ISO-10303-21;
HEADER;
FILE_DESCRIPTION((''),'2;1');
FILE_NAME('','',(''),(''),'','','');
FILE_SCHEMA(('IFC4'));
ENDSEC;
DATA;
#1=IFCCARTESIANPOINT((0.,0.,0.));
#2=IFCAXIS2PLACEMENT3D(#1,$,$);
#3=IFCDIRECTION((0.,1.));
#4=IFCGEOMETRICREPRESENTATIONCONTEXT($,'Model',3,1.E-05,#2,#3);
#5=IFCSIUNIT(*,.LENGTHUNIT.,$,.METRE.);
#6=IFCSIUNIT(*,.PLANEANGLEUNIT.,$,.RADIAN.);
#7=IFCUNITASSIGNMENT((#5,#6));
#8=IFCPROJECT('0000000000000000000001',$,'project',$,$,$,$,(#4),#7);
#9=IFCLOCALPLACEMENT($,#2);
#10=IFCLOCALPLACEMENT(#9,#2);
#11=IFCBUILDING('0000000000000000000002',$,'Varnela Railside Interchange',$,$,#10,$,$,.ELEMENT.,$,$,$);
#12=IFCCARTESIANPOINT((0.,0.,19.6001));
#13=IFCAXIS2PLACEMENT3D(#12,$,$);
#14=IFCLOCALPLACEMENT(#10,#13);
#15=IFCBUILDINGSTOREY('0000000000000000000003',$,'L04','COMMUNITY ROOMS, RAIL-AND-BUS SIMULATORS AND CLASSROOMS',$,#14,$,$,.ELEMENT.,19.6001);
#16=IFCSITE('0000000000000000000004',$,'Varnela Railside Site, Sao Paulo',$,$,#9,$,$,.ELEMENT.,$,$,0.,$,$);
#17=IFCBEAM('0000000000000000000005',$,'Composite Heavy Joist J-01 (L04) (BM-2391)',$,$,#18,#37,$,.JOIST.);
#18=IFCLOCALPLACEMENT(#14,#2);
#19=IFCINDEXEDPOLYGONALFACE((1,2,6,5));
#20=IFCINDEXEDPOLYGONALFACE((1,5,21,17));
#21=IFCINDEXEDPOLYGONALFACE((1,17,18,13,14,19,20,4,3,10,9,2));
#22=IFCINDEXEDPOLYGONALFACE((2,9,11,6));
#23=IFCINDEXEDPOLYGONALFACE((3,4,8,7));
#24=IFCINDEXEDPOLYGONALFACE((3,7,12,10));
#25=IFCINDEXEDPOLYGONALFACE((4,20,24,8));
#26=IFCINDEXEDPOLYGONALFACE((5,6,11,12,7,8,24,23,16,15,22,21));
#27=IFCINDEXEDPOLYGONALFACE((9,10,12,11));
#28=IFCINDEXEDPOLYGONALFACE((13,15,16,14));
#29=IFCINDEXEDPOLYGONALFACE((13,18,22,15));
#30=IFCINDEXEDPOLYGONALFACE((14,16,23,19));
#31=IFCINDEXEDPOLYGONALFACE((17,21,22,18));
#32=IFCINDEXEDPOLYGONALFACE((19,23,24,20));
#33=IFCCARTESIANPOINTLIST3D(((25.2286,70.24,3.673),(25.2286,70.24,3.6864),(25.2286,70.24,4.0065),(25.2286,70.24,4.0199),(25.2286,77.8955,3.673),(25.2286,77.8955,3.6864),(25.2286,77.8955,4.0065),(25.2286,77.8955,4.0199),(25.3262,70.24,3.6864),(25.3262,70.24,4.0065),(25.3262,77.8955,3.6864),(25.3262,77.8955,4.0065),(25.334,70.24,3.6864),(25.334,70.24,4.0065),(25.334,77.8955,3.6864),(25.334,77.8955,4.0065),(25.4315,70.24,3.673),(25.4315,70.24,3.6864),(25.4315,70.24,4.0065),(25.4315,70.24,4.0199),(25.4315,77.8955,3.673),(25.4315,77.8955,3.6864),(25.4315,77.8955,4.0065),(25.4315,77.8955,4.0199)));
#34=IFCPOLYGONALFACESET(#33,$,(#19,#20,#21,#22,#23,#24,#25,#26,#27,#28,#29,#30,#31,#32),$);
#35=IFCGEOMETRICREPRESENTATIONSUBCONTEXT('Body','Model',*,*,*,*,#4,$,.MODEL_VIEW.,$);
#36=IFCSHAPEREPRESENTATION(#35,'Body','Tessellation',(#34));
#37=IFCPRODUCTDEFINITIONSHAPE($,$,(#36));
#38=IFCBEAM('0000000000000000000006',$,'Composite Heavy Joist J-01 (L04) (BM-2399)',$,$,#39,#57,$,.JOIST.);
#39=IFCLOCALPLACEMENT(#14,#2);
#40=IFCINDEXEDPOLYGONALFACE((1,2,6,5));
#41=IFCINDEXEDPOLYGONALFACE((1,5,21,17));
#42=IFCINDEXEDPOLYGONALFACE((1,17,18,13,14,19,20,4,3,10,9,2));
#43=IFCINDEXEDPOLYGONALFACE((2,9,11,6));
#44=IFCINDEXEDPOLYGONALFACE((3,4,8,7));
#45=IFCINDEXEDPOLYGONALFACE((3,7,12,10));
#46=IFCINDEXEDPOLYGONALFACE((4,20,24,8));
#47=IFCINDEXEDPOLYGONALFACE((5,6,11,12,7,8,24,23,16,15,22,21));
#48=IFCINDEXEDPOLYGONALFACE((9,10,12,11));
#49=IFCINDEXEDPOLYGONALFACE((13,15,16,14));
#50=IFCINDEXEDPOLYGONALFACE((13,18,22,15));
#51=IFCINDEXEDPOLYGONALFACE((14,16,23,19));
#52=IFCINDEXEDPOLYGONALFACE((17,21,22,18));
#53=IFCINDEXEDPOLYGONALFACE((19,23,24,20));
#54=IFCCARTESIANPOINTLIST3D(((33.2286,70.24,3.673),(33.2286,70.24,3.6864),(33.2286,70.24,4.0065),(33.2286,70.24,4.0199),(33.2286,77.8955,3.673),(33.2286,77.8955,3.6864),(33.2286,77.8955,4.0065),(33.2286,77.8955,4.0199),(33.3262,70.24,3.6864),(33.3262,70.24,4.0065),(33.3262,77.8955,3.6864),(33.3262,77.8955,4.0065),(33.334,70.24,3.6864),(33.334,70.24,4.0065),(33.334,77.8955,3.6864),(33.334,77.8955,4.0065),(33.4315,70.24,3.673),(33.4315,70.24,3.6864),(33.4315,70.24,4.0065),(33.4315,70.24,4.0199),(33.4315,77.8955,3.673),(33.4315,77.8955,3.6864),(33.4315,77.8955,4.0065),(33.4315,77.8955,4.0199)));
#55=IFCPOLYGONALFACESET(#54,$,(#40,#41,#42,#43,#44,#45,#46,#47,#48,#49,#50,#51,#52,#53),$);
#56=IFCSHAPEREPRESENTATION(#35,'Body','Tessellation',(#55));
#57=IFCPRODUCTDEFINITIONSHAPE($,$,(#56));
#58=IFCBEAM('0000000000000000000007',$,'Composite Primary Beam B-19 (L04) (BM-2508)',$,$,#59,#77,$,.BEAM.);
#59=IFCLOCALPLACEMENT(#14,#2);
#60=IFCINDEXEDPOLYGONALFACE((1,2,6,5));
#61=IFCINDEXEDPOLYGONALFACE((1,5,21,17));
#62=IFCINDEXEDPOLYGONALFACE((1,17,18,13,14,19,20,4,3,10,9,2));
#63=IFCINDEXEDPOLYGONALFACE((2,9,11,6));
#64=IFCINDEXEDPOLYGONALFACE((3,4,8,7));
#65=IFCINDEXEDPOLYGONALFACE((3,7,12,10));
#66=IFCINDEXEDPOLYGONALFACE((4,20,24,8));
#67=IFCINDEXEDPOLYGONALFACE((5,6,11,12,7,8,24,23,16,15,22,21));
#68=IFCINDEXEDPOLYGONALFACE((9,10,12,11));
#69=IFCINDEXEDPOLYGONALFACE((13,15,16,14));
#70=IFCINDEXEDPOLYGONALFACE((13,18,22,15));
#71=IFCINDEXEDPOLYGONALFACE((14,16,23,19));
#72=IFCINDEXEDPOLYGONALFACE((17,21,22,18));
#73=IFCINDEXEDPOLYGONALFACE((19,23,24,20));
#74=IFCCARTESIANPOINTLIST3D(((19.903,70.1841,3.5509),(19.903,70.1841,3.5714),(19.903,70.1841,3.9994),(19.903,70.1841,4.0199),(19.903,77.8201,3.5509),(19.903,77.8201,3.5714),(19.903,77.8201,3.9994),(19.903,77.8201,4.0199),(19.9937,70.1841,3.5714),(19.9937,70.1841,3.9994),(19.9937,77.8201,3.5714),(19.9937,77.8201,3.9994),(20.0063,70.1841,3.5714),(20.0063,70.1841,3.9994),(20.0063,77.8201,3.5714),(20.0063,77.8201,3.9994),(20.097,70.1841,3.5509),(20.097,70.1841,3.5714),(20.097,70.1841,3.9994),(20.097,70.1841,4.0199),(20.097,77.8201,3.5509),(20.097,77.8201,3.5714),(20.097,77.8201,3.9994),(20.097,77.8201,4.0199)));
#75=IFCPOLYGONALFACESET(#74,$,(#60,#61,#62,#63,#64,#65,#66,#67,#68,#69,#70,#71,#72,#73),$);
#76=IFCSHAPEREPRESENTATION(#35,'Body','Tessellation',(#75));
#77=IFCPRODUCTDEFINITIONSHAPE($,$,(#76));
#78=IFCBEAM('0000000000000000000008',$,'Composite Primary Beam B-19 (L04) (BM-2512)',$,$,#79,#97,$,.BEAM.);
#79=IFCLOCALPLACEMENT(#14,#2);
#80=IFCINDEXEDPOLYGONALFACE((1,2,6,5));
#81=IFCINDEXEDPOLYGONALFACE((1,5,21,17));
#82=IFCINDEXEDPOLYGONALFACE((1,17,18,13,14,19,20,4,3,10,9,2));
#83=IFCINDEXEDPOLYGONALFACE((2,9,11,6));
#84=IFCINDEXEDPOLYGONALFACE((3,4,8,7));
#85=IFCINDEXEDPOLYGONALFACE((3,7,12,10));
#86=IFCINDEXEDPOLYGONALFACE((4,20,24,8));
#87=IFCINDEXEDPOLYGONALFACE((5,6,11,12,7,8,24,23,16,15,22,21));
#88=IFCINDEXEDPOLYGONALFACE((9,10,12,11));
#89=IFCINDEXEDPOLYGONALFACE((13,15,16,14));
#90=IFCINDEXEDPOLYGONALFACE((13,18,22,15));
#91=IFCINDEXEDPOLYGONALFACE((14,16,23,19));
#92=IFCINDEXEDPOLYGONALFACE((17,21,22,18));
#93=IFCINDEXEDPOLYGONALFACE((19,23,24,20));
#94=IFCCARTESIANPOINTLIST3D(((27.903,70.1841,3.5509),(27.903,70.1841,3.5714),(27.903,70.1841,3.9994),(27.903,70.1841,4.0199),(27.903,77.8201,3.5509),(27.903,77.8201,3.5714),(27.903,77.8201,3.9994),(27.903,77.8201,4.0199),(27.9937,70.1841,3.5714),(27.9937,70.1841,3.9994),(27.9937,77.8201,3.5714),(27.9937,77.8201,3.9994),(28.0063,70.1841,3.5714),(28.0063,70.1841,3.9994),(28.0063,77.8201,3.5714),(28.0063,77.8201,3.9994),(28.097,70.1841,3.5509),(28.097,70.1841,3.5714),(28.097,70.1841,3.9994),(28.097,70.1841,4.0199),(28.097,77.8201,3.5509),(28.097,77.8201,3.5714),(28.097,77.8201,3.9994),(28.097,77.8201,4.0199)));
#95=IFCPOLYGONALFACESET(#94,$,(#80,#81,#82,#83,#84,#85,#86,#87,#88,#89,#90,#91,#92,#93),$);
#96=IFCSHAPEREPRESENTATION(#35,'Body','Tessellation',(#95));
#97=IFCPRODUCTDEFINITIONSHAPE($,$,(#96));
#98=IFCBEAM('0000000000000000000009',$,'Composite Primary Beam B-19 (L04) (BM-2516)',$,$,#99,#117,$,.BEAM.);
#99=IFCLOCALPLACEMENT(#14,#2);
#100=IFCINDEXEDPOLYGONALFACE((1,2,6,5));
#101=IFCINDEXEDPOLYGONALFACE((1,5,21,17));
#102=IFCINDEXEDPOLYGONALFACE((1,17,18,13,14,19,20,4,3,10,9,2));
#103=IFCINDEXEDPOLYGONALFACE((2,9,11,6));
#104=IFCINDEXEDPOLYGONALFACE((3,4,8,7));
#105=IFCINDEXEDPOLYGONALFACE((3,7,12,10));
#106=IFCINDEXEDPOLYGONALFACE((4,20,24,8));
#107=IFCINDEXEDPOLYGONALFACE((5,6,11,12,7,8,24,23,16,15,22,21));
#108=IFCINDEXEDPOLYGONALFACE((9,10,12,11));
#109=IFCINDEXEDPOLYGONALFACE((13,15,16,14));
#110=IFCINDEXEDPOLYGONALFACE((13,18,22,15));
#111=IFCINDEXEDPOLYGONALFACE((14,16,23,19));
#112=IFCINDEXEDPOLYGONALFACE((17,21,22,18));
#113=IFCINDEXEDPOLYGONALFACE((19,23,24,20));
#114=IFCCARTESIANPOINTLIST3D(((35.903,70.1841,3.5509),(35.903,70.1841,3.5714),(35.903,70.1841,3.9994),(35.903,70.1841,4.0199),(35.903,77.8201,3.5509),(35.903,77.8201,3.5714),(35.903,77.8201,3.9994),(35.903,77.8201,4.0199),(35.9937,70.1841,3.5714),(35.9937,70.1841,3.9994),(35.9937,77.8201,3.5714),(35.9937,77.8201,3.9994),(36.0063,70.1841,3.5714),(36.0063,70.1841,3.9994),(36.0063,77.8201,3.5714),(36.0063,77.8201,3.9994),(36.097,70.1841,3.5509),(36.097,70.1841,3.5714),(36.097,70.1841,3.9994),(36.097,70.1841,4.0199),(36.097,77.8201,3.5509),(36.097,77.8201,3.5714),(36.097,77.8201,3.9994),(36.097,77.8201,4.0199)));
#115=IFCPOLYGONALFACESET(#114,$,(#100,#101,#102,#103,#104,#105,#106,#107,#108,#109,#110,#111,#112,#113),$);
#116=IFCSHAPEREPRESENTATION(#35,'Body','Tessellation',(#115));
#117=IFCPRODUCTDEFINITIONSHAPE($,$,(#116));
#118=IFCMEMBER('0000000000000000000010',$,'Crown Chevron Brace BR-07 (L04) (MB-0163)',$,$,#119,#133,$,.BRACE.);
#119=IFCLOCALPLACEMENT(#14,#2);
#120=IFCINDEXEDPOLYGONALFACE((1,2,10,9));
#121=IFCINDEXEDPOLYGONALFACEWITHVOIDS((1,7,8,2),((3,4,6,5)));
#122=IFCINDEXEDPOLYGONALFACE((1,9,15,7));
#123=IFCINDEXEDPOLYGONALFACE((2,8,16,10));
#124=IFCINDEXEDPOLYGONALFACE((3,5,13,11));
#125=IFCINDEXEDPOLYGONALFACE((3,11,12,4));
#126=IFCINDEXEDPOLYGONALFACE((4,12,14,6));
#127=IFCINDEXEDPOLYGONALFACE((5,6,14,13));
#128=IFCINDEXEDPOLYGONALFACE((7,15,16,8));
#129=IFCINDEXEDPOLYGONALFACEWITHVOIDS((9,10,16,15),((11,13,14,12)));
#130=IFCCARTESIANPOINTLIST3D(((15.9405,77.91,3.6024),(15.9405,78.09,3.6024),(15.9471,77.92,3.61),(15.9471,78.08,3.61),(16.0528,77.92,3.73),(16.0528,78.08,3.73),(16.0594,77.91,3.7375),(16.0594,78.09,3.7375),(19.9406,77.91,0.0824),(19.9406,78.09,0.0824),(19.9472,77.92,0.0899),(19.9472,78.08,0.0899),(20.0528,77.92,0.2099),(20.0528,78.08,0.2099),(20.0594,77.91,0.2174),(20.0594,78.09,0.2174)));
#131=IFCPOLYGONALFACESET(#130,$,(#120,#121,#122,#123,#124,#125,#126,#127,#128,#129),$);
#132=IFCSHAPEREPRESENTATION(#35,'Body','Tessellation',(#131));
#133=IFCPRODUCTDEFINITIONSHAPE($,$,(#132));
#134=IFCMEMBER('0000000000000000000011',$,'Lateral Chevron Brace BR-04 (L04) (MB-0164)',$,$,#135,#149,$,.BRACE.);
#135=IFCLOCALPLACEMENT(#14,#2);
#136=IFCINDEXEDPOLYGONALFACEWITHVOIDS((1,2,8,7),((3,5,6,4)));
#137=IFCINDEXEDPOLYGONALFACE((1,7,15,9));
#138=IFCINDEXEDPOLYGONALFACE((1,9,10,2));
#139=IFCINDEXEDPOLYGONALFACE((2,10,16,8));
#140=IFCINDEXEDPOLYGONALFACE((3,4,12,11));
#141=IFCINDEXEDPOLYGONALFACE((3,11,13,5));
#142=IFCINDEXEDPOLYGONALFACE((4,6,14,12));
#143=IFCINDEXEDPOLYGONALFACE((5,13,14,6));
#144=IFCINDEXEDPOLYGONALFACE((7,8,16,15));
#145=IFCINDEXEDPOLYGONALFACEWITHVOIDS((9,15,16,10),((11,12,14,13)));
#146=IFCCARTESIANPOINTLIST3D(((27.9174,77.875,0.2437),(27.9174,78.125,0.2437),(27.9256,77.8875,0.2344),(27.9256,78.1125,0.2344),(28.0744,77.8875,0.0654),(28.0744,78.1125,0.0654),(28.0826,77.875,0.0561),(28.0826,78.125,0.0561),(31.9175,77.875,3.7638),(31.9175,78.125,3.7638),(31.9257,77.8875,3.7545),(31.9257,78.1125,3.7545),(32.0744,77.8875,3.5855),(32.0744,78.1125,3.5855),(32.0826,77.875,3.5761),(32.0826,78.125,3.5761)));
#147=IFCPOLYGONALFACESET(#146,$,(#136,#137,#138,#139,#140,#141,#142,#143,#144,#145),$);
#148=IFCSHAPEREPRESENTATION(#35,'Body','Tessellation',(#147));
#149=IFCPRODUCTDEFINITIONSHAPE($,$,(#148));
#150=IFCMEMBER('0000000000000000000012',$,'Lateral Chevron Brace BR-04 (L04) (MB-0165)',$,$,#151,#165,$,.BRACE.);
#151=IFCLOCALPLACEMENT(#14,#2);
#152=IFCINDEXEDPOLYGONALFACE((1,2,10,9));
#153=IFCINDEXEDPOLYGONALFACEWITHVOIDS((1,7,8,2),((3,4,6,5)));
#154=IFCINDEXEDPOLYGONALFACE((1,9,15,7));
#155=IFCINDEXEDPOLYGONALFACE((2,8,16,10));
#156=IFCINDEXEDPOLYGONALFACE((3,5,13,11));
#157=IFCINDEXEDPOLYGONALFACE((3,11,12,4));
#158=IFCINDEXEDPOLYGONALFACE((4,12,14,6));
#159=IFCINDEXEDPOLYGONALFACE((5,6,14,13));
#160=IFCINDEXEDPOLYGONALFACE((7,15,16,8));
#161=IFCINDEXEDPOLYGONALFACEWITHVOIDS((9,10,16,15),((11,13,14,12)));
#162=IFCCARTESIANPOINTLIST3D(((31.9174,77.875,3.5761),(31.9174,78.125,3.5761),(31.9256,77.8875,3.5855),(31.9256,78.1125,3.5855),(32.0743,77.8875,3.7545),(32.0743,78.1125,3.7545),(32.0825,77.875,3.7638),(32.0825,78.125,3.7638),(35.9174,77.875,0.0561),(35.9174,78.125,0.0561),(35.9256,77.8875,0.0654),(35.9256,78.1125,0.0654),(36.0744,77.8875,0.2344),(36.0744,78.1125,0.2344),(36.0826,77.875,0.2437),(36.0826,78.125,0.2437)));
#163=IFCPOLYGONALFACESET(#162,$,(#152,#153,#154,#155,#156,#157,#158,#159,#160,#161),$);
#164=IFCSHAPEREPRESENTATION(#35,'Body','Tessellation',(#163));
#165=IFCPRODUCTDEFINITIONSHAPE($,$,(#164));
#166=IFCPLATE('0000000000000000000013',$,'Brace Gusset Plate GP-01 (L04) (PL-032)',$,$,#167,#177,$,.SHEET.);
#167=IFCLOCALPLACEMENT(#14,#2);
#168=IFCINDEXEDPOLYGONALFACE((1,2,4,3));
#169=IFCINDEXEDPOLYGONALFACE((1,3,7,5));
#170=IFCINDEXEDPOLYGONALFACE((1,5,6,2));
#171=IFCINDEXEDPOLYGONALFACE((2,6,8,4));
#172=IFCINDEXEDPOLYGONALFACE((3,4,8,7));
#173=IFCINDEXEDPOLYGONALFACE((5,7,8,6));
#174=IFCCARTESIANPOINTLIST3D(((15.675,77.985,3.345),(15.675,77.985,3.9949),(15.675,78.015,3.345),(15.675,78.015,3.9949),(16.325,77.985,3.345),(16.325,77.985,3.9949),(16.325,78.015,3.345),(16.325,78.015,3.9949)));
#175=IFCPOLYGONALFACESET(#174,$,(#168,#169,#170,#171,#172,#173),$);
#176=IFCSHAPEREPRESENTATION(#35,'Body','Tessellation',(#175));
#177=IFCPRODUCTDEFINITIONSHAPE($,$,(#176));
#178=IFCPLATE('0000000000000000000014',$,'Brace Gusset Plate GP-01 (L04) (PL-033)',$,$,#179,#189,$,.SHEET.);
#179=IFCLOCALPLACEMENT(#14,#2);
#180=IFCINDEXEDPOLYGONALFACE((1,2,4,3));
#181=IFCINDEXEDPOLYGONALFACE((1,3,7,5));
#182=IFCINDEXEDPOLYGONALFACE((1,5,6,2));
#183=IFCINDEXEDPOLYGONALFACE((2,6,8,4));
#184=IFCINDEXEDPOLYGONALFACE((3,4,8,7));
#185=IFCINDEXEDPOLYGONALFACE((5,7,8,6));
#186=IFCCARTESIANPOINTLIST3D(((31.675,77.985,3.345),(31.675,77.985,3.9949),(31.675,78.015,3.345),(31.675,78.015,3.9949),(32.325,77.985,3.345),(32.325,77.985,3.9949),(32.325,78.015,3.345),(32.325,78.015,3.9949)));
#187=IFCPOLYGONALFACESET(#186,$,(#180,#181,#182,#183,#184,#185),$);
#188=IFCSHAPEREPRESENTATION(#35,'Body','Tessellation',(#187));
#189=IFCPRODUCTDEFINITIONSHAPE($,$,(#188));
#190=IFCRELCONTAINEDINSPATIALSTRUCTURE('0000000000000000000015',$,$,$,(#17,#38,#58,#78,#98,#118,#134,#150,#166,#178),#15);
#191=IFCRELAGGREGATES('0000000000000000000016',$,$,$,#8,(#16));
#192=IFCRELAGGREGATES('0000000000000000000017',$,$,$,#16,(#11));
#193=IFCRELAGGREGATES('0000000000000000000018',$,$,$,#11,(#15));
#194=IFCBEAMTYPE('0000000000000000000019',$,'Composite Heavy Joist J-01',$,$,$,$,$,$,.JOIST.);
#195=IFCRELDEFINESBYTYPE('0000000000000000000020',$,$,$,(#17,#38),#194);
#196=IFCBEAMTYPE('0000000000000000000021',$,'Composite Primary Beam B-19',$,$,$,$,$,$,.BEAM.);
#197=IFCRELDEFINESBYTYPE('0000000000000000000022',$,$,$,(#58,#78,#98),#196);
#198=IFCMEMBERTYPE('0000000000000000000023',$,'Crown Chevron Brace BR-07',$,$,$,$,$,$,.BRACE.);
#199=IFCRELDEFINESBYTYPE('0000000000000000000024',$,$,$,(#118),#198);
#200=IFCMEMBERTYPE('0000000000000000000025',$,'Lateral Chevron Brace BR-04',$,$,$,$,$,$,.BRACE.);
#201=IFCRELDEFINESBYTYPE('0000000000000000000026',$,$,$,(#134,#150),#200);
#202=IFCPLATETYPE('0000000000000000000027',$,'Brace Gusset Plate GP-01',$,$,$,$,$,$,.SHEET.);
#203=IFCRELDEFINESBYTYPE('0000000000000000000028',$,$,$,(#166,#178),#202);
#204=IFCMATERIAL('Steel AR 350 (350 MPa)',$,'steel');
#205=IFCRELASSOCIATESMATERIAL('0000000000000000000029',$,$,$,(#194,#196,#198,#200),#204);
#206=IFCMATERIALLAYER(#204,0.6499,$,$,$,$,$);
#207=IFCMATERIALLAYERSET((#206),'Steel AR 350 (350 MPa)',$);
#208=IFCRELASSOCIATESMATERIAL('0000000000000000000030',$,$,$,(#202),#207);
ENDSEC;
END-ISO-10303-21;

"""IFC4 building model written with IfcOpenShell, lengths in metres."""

from ifc_helpers import new_model, si_unit, direction, frame, origin, origin_2d, place, context, subcontext, project, spatial, rectangle, hollow_rectangle, i_section, extrude, material, layer, layer_set, material_profile, profile_set, type_object, element, save


model = new_model("IFC4")

# Units and contexts
model_context = context("Model", 3, precision=1e-05, world=origin(), true_north=direction((0.0, 1.0)))
body_context = subcontext(model_context, "Body", "Model", "MODEL_VIEW")
ifc_project = project(units=[si_unit("LENGTHUNIT", "METRE"), si_unit("PLANEANGLEUNIT", "RADIAN")], contexts=[model_context])

# Site, building, storey
site_placement = place(None, origin())
site = spatial("IfcSite", under=ifc_project, at=site_placement, Name="Varnela Railside Site, Sao Paulo", CompositionType="ELEMENT", RefElevation=0.0)
building_placement = place(site_placement, origin())
building = spatial("IfcBuilding", under=site, at=building_placement, Name="Varnela Railside Interchange", CompositionType="ELEMENT")
storey_placement = place(building_placement, frame((0.0, 0.0, 19.6001)))
storey = spatial("IfcBuildingStorey", under=building, at=storey_placement, Name="L04", Description="COMMUNITY ROOMS, RAIL-AND-BUS SIMULATORS AND CLASSROOMS", CompositionType="ELEMENT", Elevation=19.6001)

# Shared definitions
ifc_material_1 = material(Name="Steel AR 350 (350 MPa)", Category="steel")

# Beams
ifc_material_profile_1 = material_profile(ifc_material_1, i_section(OverallWidth=0.2029, OverallDepth=0.3469, WebThickness=0.0078, FlangeThickness=0.0134, at=origin_2d()), Name="W360x64")
ifc_profile_set_1 = profile_set([ifc_material_profile_1], Name="Steel AR 350 (350 MPa)")
beam_type_1 = type_object("IfcBeamType", Name="Composite Heavy Joist J-01", PredefinedType="JOIST", material=ifc_profile_set_1)
for number, where, z_axis, x_axis, name in (
    (1, (25.3301, 70.24, 3.8464), (0.0, 1.0, 0.0), (-1.0, 0.0, 0.0), "Composite Heavy Joist J-01 (L04) (BM-2391)"),
    (2, (33.3301, 70.24, 3.8464), (0.0, 1.0, 0.0), (-1.0, 0.0, 0.0), "Composite Heavy Joist J-01 (L04) (BM-2399)"),
):
    element("IfcBeam", number, at=place(storey_placement, frame(where, z_axis=z_axis, x_axis=x_axis)), inside=storey, type_object=beam_type_1, Name=name, PredefinedType="JOIST", context=body_context, shape_type="SweptSolid", body=[
        extrude(i_section(OverallWidth=0.2029, OverallDepth=0.3469, WebThickness=0.0078, FlangeThickness=0.0134, at=origin_2d()), origin(), (0.0, 0.0, 1.0), 7.6555),
    ])
ifc_material_profile_2 = material_profile(ifc_material_1, i_section(OverallWidth=0.1941, OverallDepth=0.469, WebThickness=0.0127, FlangeThickness=0.0205, at=origin_2d()), Name="W460x106")
ifc_profile_set_2 = profile_set([ifc_material_profile_2], Name="Steel AR 350 (350 MPa)")
beam_type_2 = type_object("IfcBeamType", Name="Composite Primary Beam B-19", PredefinedType="BEAM", material=ifc_profile_set_2)
for number, where, z_axis, x_axis, name in (
    (3, (20.0, 70.1841, 3.7854), (0.0, 1.0, 0.0), (-1.0, 0.0, 0.0), "Composite Primary Beam B-19 (L04) (BM-2508)"),
    (4, (28.0, 70.1841, 3.7854), (0.0, 1.0, 0.0), (-1.0, 0.0, 0.0), "Composite Primary Beam B-19 (L04) (BM-2512)"),
    (5, (36.0, 70.1841, 3.7854), (0.0, 1.0, 0.0), (-1.0, 0.0, 0.0), "Composite Primary Beam B-19 (L04) (BM-2516)"),
):
    element("IfcBeam", number, at=place(storey_placement, frame(where, z_axis=z_axis, x_axis=x_axis)), inside=storey, type_object=beam_type_2, Name=name, PredefinedType="BEAM", context=body_context, shape_type="SweptSolid", body=[
        extrude(i_section(OverallWidth=0.1941, OverallDepth=0.469, WebThickness=0.0127, FlangeThickness=0.0205, at=origin_2d()), origin(), (0.0, 0.0, 1.0), 7.636),
    ])

# Members
ifc_material_profile_3 = material_profile(ifc_material_1, hollow_rectangle(XDim=0.1799, YDim=0.1799, WallThickness=0.01, at=origin_2d()), Name="HSS 180x180x10")
ifc_profile_set_3 = profile_set([ifc_material_profile_3], Name="Steel AR 350 (350 MPa)")
member_type_1 = type_object("IfcMemberType", Name="Crown Chevron Brace BR-07", PredefinedType="BRACE", material=ifc_profile_set_3)
member_placement = place(storey_placement, frame((20.0, 78.0, 0.1499), z_axis=(-0.750712, 0.0, 0.66063), x_axis=(0.0, -1.0, 0.0)))
element("IfcMember", 6, at=member_placement, inside=storey, type_object=member_type_1, Name="Crown Chevron Brace BR-07 (L04) (MB-0163)", PredefinedType="BRACE", context=body_context, shape_type="SweptSolid", body=[
    extrude(hollow_rectangle(XDim=0.1799, YDim=0.1799, WallThickness=0.01, at=origin_2d()), origin(), (0.0, 0.0, 1.0), 5.3284),
])
ifc_material_profile_4 = material_profile(ifc_material_1, hollow_rectangle(XDim=0.25, YDim=0.25, WallThickness=0.0125, at=origin_2d()), Name="HSS 250x250x12.5")
ifc_profile_set_4 = profile_set([ifc_material_profile_4], Name="Steel AR 350 (350 MPa)")
member_type_2 = type_object("IfcMemberType", Name="Lateral Chevron Brace BR-04", PredefinedType="BRACE", material=ifc_profile_set_4)
for number, where, z_axis, x_axis, name in (
    (7, (28.0, 78.0, 0.1499), (0.750712, 0.0, 0.66063), (0.0, 1.0, 0.0), "Lateral Chevron Brace BR-04 (L04) (MB-0164)"),
    (8, (36.0, 78.0, 0.1499), (-0.750712, 0.0, 0.66063), (0.0, -1.0, 0.0), "Lateral Chevron Brace BR-04 (L04) (MB-0165)"),
):
    element("IfcMember", number, at=place(storey_placement, frame(where, z_axis=z_axis, x_axis=x_axis)), inside=storey, type_object=member_type_2, Name=name, PredefinedType="BRACE", context=body_context, shape_type="SweptSolid", body=[
        extrude(hollow_rectangle(XDim=0.25, YDim=0.25, WallThickness=0.0125, at=origin_2d()), origin(), (0.0, 0.0, 1.0), 5.3284),
    ])

# Plates
ifc_layer_1 = layer(ifc_material_1, 0.6499)
ifc_layer_set_1 = layer_set([ifc_layer_1], Name="Steel AR 350 (350 MPa)")
plate_type = type_object("IfcPlateType", Name="Brace Gusset Plate GP-01", PredefinedType="SHEET", material=ifc_layer_set_1)
for number, where, z_axis, x_axis, name in (
    (9, (16.0, 78.0, 3.345), (0.0, 0.0, 1.0), (1.0, 0.0, 0.0), "Brace Gusset Plate GP-01 (L04) (PL-032)"),
    (10, (32.0, 78.0, 3.345), (0.0, 0.0, 1.0), (1.0, 0.0, 0.0), "Brace Gusset Plate GP-01 (L04) (PL-033)"),
):
    element("IfcPlate", number, at=place(storey_placement, frame(where, z_axis=z_axis, x_axis=x_axis)), inside=storey, type_object=plate_type, Name=name, PredefinedType="SHEET", context=body_context, shape_type="SweptSolid", body=[
        extrude(rectangle(XDim=0.6499, YDim=0.03, at=origin_2d()), origin(), (0.0, 0.0, 1.0), 0.6499),
    ])

save(model, "model.ifc")
